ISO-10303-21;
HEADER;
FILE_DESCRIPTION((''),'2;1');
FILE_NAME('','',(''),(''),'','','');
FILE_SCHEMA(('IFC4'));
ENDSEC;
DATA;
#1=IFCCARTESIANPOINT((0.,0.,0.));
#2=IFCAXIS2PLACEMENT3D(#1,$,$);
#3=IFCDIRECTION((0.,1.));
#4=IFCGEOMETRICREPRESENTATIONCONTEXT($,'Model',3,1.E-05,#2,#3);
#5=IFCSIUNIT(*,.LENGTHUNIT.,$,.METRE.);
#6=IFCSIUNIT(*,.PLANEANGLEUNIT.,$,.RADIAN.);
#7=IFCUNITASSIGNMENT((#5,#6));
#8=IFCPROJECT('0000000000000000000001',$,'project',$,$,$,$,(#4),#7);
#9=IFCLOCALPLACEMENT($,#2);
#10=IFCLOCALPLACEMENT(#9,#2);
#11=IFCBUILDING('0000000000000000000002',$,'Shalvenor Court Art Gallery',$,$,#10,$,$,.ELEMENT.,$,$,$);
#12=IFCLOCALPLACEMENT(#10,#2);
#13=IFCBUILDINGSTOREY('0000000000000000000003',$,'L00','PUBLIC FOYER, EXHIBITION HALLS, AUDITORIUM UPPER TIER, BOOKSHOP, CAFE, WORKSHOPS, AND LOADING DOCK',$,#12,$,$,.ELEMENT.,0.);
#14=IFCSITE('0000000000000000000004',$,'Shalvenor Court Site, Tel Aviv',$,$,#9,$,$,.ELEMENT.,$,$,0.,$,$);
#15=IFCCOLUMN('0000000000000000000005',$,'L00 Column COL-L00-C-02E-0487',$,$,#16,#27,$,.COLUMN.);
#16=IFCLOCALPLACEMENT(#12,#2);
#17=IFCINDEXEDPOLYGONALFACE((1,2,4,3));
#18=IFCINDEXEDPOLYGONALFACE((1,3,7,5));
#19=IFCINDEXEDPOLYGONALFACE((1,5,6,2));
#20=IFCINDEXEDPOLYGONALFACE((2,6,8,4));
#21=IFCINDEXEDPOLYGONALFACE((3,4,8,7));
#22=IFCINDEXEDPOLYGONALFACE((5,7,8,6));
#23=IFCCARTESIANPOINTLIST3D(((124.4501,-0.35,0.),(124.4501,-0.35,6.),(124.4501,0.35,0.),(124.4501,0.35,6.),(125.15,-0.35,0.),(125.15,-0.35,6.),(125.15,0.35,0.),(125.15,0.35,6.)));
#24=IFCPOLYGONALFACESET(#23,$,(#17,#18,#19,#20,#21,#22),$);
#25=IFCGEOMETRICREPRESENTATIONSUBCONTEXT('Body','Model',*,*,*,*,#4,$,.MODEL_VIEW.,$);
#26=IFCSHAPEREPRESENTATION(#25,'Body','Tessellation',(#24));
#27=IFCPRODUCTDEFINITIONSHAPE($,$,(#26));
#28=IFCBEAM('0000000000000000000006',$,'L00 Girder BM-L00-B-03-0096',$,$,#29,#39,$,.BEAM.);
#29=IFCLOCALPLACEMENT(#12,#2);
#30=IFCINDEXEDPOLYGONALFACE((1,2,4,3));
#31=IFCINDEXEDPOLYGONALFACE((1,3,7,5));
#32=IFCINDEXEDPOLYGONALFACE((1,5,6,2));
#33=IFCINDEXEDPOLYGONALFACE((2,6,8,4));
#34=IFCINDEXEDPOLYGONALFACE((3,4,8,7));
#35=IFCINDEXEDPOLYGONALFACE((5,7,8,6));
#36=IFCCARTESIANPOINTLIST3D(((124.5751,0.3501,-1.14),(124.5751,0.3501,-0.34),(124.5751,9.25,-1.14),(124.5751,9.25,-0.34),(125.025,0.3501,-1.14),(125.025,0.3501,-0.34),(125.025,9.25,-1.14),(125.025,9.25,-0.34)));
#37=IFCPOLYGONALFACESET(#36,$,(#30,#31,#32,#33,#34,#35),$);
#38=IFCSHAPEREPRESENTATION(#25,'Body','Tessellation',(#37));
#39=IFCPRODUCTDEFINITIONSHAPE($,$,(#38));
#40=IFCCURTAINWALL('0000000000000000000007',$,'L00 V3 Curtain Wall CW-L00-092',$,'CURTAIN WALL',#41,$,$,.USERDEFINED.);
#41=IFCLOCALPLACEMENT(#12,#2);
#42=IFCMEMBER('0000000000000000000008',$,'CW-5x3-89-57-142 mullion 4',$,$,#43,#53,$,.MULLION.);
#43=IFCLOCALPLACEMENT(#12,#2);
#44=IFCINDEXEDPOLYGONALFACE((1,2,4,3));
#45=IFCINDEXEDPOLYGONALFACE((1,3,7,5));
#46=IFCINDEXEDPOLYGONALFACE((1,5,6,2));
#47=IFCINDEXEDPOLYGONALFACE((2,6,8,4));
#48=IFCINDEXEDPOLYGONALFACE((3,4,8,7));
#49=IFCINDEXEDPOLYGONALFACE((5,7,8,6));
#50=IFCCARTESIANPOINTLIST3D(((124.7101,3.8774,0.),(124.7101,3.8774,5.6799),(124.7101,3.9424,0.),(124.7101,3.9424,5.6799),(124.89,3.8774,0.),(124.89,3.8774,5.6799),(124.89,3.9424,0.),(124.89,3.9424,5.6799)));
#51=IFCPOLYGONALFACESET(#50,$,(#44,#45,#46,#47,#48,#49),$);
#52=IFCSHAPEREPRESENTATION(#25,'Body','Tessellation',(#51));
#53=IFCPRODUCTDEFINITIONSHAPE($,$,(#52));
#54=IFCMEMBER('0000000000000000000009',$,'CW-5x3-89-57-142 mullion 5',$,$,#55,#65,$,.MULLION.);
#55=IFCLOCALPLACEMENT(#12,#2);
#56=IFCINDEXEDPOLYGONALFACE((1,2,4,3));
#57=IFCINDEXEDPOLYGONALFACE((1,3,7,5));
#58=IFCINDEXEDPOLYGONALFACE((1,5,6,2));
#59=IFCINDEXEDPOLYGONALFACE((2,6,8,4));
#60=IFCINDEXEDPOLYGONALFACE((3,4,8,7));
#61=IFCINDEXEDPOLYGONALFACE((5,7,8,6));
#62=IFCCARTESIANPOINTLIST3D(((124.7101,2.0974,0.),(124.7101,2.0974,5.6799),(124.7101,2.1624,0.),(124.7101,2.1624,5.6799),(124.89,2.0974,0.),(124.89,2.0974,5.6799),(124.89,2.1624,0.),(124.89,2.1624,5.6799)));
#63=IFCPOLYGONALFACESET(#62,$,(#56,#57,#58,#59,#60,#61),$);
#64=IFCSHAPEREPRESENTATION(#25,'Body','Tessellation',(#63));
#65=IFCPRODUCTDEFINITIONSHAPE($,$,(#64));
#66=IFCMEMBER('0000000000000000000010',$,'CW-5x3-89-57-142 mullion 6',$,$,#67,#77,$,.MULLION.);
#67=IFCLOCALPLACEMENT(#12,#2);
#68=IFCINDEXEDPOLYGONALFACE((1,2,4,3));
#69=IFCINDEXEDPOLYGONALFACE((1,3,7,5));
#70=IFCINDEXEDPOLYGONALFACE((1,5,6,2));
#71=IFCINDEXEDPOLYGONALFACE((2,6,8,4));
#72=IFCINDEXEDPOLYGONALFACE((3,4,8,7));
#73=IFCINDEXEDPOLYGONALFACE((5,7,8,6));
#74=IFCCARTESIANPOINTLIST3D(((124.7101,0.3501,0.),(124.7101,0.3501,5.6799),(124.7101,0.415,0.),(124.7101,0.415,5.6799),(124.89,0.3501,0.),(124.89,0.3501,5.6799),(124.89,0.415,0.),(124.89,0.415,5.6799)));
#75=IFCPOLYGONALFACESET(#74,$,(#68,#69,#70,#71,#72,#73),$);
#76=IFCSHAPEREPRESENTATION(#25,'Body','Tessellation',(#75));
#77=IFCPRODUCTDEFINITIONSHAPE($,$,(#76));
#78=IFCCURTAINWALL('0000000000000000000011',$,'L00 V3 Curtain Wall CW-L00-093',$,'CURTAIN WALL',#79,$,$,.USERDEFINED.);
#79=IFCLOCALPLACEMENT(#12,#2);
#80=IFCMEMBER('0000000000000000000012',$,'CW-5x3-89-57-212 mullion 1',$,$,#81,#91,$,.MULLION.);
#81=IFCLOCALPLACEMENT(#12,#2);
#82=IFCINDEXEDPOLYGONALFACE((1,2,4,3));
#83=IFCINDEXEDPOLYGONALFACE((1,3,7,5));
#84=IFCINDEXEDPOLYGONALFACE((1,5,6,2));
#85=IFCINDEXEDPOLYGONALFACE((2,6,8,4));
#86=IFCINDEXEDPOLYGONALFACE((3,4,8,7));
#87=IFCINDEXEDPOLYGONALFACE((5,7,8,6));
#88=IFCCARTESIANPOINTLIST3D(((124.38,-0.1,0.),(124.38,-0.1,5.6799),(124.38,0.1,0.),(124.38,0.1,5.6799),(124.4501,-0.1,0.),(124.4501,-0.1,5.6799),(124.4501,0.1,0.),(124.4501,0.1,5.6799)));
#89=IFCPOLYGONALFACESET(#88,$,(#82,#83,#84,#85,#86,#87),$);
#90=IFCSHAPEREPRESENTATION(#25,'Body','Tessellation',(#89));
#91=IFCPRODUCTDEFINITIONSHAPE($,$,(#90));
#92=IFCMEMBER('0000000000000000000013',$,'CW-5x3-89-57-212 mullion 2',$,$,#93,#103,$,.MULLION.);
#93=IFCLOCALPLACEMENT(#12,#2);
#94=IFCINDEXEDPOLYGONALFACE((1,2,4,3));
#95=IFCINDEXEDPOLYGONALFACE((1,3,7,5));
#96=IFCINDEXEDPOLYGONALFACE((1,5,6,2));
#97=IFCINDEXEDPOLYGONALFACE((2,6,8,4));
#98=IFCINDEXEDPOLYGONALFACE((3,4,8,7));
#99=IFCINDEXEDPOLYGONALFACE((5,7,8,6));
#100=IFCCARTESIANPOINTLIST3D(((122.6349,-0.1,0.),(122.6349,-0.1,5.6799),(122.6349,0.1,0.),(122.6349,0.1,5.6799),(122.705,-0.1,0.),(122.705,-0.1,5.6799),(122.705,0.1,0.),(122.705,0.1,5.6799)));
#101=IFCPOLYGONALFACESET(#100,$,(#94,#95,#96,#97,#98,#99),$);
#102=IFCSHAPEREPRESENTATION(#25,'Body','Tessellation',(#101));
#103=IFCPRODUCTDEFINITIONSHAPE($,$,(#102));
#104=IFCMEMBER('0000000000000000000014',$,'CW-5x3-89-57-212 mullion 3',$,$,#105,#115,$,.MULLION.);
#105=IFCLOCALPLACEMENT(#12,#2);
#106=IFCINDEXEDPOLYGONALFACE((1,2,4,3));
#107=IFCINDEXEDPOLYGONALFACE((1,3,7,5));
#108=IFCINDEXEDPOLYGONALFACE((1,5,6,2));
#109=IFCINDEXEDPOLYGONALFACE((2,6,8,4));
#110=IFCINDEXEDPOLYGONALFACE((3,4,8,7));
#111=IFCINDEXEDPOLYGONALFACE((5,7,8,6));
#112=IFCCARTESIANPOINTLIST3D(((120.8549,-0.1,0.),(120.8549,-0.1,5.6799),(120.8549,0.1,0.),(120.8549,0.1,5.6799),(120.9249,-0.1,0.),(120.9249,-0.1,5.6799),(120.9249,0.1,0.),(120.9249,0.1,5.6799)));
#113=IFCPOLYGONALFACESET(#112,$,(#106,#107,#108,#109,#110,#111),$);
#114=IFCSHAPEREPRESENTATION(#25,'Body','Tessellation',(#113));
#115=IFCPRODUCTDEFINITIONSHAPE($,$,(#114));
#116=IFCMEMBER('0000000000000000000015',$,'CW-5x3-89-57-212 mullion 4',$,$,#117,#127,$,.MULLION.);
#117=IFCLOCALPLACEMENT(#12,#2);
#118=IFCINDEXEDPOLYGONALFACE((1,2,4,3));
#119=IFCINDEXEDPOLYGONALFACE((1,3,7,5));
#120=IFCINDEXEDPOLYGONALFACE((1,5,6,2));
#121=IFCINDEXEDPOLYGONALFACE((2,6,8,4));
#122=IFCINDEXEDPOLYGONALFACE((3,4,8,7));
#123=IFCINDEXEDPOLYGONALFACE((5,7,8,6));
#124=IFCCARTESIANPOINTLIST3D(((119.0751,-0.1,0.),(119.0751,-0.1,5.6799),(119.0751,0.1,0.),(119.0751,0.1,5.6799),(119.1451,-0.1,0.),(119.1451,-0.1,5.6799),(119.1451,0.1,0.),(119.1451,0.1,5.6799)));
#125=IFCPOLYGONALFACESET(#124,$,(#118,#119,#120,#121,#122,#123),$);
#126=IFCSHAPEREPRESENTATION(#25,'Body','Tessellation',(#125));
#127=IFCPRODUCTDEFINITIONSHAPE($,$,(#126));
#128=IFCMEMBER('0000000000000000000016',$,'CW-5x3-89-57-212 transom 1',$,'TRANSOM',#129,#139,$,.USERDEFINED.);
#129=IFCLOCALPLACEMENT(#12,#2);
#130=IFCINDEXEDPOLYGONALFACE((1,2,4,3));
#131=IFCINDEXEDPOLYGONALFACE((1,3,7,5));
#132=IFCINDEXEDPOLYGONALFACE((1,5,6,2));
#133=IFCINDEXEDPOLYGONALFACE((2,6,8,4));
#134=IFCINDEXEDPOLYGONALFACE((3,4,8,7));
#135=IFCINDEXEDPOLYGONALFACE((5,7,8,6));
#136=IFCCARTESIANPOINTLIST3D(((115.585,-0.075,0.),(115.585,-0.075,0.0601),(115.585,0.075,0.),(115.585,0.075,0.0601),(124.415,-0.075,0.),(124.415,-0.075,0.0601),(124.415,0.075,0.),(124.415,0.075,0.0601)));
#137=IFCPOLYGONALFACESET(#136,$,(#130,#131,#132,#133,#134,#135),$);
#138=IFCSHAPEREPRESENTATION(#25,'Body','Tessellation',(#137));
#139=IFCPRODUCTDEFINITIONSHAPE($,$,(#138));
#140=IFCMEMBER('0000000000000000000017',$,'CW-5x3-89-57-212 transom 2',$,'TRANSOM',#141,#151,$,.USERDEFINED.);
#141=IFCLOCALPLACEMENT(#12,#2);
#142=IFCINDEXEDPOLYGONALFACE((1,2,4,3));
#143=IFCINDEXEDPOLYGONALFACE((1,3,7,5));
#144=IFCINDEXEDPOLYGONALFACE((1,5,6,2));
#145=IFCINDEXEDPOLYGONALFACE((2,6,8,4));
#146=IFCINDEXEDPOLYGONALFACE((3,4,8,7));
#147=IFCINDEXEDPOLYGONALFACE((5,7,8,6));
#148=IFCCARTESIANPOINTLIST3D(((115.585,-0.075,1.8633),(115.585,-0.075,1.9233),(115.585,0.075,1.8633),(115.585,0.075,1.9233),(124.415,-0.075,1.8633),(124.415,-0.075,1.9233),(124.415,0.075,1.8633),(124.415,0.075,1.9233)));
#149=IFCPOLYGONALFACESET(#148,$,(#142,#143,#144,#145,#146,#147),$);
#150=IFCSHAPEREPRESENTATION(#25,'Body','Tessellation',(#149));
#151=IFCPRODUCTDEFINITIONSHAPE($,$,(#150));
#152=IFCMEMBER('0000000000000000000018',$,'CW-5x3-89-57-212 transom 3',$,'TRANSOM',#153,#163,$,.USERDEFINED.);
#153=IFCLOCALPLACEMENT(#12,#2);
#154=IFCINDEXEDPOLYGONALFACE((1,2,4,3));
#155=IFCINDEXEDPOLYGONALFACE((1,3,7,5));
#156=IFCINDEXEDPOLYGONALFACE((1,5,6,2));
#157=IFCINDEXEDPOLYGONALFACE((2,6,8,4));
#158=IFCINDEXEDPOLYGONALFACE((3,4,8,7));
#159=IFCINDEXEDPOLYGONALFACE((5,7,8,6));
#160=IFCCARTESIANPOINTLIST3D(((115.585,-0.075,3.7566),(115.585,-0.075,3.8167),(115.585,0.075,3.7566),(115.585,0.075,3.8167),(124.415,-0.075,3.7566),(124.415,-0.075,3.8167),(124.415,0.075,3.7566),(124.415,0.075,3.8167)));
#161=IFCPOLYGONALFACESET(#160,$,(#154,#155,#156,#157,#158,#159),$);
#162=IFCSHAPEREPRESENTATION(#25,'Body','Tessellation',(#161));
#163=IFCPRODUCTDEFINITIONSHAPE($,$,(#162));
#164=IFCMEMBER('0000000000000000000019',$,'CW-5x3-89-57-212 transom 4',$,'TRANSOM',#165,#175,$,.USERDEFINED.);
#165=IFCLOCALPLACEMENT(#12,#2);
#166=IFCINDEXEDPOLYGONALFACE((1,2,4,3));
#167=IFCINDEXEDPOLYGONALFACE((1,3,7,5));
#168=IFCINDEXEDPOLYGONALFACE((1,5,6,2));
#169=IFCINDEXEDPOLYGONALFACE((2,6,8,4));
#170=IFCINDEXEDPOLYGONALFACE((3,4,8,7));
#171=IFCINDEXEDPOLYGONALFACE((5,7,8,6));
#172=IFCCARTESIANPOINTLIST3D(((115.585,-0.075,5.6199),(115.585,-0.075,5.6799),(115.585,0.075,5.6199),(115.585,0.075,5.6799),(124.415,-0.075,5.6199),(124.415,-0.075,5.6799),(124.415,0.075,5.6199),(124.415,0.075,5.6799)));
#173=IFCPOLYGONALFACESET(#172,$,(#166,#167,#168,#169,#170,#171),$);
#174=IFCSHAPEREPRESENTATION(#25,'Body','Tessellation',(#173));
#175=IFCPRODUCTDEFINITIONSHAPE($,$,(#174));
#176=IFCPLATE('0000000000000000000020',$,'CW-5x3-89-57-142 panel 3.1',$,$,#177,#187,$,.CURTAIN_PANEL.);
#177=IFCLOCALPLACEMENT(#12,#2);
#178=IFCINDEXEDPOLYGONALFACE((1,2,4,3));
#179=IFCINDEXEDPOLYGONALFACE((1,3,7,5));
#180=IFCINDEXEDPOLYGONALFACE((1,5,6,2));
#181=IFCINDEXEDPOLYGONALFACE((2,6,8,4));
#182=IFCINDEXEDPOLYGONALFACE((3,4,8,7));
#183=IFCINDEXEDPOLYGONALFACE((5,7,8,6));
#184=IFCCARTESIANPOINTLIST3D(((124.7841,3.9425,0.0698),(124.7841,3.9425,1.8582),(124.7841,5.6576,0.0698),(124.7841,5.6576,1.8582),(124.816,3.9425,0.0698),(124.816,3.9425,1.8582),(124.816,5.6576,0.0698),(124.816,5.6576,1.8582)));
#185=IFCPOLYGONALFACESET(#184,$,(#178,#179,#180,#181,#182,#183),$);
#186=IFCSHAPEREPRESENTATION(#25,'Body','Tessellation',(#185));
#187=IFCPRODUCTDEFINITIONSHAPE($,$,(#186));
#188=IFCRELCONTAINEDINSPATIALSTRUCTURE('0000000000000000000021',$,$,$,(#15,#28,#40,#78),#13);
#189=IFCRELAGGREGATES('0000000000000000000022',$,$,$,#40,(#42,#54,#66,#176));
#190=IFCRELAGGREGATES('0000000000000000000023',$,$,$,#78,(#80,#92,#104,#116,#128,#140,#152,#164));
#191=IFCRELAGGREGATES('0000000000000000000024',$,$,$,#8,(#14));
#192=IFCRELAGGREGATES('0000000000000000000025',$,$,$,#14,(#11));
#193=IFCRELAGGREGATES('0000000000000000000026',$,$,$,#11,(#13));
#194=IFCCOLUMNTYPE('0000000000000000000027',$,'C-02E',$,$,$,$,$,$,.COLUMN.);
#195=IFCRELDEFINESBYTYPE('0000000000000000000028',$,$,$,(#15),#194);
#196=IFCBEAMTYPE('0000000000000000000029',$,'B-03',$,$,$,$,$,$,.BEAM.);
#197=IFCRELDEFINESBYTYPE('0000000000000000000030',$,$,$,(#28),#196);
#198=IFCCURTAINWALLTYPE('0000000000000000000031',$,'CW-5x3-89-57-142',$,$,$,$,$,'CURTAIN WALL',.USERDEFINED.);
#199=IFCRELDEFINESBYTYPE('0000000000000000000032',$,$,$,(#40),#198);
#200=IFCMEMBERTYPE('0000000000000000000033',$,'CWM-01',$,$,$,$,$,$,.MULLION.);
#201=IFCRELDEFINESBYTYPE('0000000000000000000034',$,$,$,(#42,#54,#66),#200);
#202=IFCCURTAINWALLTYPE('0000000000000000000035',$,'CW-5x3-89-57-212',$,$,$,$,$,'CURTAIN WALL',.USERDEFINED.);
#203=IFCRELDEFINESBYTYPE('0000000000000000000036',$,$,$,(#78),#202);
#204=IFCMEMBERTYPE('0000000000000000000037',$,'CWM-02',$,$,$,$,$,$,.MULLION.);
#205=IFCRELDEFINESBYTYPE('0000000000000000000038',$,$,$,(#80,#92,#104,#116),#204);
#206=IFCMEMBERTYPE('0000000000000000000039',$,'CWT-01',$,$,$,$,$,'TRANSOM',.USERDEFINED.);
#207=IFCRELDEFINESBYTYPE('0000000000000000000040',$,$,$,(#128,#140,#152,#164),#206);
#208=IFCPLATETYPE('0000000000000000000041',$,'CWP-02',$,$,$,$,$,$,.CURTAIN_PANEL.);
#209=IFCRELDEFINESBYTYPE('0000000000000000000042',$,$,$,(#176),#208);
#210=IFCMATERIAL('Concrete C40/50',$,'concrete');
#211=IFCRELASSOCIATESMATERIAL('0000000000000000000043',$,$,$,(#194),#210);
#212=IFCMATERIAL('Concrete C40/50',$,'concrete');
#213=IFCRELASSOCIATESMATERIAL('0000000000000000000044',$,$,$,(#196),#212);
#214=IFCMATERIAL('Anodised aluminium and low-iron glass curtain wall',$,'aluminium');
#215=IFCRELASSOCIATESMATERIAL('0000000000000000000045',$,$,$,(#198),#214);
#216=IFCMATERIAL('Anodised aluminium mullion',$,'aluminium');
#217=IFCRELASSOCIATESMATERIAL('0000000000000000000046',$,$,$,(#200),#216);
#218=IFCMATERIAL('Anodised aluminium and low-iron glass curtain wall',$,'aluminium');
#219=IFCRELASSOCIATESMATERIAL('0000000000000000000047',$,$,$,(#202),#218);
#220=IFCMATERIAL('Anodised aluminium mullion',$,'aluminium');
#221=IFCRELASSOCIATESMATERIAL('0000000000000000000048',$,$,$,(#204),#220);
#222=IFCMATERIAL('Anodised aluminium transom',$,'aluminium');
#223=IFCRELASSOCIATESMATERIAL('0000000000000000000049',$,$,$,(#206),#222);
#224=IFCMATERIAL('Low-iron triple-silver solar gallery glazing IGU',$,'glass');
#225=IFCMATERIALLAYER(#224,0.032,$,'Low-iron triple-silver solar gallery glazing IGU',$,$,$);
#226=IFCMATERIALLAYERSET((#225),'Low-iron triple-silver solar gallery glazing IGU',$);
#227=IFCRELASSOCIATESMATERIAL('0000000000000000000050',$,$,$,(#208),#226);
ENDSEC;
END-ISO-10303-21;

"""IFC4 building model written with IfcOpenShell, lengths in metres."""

from ifc_helpers import new_model, si_unit, direction, frame, origin, origin_2d, place, context, subcontext, project, spatial, rectangle, extrude, material, layer, layer_set, material_profile, profile_set, type_object, element, aggregate, save


model = new_model("IFC4")

# Units and contexts
model_context = context("Model", 3, precision=1e-05, world=origin(), true_north=direction((0.0, 1.0)))
body_context = subcontext(model_context, "Body", "Model", "MODEL_VIEW")
ifc_project = project(units=[si_unit("LENGTHUNIT", "METRE"), si_unit("PLANEANGLEUNIT", "RADIAN")], contexts=[model_context])

# Site, building, storey
site_placement = place(None, origin())
site = spatial("IfcSite", under=ifc_project, at=site_placement, Name="Shalvenor Court Site, Tel Aviv", CompositionType="ELEMENT", RefElevation=0.0)
building_placement = place(site_placement, origin())
building = spatial("IfcBuilding", under=site, at=building_placement, Name="Shalvenor Court Art Gallery", CompositionType="ELEMENT")
storey_placement = place(building_placement, origin())
storey = spatial("IfcBuildingStorey", under=building, at=storey_placement, Name="L00", Description="PUBLIC FOYER, EXHIBITION HALLS, AUDITORIUM UPPER TIER, BOOKSHOP, CAFE, WORKSHOPS, AND LOADING DOCK", CompositionType="ELEMENT", Elevation=0.0)

# Column
ifc_material_1 = material(Name="Concrete C40/50", Category="concrete")
ifc_material_profile_1 = material_profile(ifc_material_1, rectangle(XDim=0.7, YDim=0.7, at=origin_2d()), Name="RC 700x700")
ifc_profile_set_1 = profile_set([ifc_material_profile_1], Name="Concrete C40/50")
column_type = type_object("IfcColumnType", Name="C-02E", PredefinedType="COLUMN", material=ifc_profile_set_1)
column_placement = place(storey_placement, frame((124.8, 0.0, 0.0), z_axis=(0.0, 0.0, 1.0), x_axis=(1.0, 0.0, 0.0)))
element("IfcColumn", 1, at=column_placement, inside=storey, type_object=column_type, Name="L00 Column COL-L00-C-02E-0487", PredefinedType="COLUMN", context=body_context, shape_type="SweptSolid", body=[
    extrude(rectangle(XDim=0.7, YDim=0.7, at=origin_2d()), origin(), (0.0, 0.0, 1.0), 6.0),
])

# Beam
ifc_material_2 = material(Name="Concrete C40/50", Category="concrete")
ifc_material_profile_2 = material_profile(ifc_material_2, rectangle(XDim=0.45, YDim=0.8, at=origin_2d()), Name="RC 450x800")
ifc_profile_set_2 = profile_set([ifc_material_profile_2], Name="Concrete C40/50")
beam_type = type_object("IfcBeamType", Name="B-03", PredefinedType="BEAM", material=ifc_profile_set_2)
beam_placement = place(storey_placement, frame((124.8, 0.3501, -0.74), z_axis=(0.0, 1.0, 0.0), x_axis=(-1.0, 0.0, 0.0)))
element("IfcBeam", 2, at=beam_placement, inside=storey, type_object=beam_type, Name="L00 Girder BM-L00-B-03-0096", PredefinedType="BEAM", context=body_context, shape_type="SweptSolid", body=[
    extrude(rectangle(XDim=0.45, YDim=0.8, at=origin_2d()), origin(), (0.0, 0.0, 1.0), 8.8999),
])

# Curtain walls, members
ifc_material_3 = material(Name="Anodised aluminium and low-iron glass curtain wall", Category="aluminium")
curtain_wall_type_1 = type_object("IfcCurtainWallType", Name="CW-5x3-89-57-142", ElementType="CURTAIN WALL", PredefinedType="USERDEFINED", material=ifc_material_3)
curtain_wall_1_placement = place(storey_placement, origin())
curtain_wall_1 = element("IfcCurtainWall", 3, at=curtain_wall_1_placement, inside=storey, type_object=curtain_wall_type_1, Name="L00 V3 Curtain Wall CW-L00-092", ObjectType="CURTAIN WALL", PredefinedType="USERDEFINED")
ifc_material_4 = material(Name="Anodised aluminium mullion", Category="aluminium")
ifc_material_profile_3 = material_profile(ifc_material_4, rectangle(XDim=0.0649, YDim=0.1799, at=origin_2d()), Name="CWM-01")
ifc_profile_set_3 = profile_set([ifc_material_profile_3], Name="Anodised aluminium mullion")
member_type_1 = type_object("IfcMemberType", Name="CWM-01", PredefinedType="MULLION", material=ifc_profile_set_3)
member_1_placement = place(storey_placement, frame((124.8, 3.9099, 0.0), z_axis=(0.0, 0.0, 1.0), x_axis=(0.0, -1.0, 0.0)))
member_1 = element("IfcMember", 4, at=member_1_placement, type_object=member_type_1, Name="CW-5x3-89-57-142 mullion 4", PredefinedType="MULLION", context=body_context, shape_type="SweptSolid", body=[
    extrude(rectangle(XDim=0.0649, YDim=0.1799, at=origin_2d()), origin(), (0.0, 0.0, 1.0), 5.6799),
])
member_2_placement = place(storey_placement, frame((124.8, 2.1299, 0.0), z_axis=(0.0, 0.0, 1.0), x_axis=(0.0, -1.0, 0.0)))
member_2 = element("IfcMember", 5, at=member_2_placement, type_object=member_type_1, Name="CW-5x3-89-57-142 mullion 5", PredefinedType="MULLION", context=body_context, shape_type="SweptSolid", body=[
    extrude(rectangle(XDim=0.0649, YDim=0.1799, at=origin_2d()), origin(), (0.0, 0.0, 1.0), 5.6799),
])
member_3_placement = place(storey_placement, frame((124.8, 0.3826, 0.0), z_axis=(0.0, 0.0, 1.0), x_axis=(0.0, -1.0, 0.0)))
member_3 = element("IfcMember", 6, at=member_3_placement, type_object=member_type_1, Name="CW-5x3-89-57-142 mullion 6", PredefinedType="MULLION", context=body_context, shape_type="SweptSolid", body=[
    extrude(rectangle(XDim=0.0649, YDim=0.1799, at=origin_2d()), origin(), (0.0, 0.0, 1.0), 5.6799),
])
ifc_material_5 = material(Name="Anodised aluminium and low-iron glass curtain wall", Category="aluminium")
curtain_wall_type_2 = type_object("IfcCurtainWallType", Name="CW-5x3-89-57-212", ElementType="CURTAIN WALL", PredefinedType="USERDEFINED", material=ifc_material_5)
curtain_wall_2_placement = place(storey_placement, origin())
curtain_wall_2 = element("IfcCurtainWall", 7, at=curtain_wall_2_placement, inside=storey, type_object=curtain_wall_type_2, Name="L00 V3 Curtain Wall CW-L00-093", ObjectType="CURTAIN WALL", PredefinedType="USERDEFINED")
ifc_material_6 = material(Name="Anodised aluminium mullion", Category="aluminium")
ifc_material_profile_4 = material_profile(ifc_material_6, rectangle(XDim=0.0701, YDim=0.2, at=origin_2d()), Name="CWM-02")
ifc_profile_set_4 = profile_set([ifc_material_profile_4], Name="Anodised aluminium mullion")
member_type_2 = type_object("IfcMemberType", Name="CWM-02", PredefinedType="MULLION", material=ifc_profile_set_4)
member_4_placement = place(storey_placement, frame((124.415, 0.0, 0.0), z_axis=(0.0, 0.0, 1.0), x_axis=(-1.0, 0.0, 0.0)))
member_4 = element("IfcMember", 8, at=member_4_placement, type_object=member_type_2, Name="CW-5x3-89-57-212 mullion 1", PredefinedType="MULLION", context=body_context, shape_type="SweptSolid", body=[
    extrude(rectangle(XDim=0.0701, YDim=0.2, at=origin_2d()), origin(), (0.0, 0.0, 1.0), 5.6799),
])
member_5_placement = place(storey_placement, frame((122.6699, 0.0, 0.0), z_axis=(0.0, 0.0, 1.0), x_axis=(-1.0, 0.0, 0.0)))
member_5 = element("IfcMember", 9, at=member_5_placement, type_object=member_type_2, Name="CW-5x3-89-57-212 mullion 2", PredefinedType="MULLION", context=body_context, shape_type="SweptSolid", body=[
    extrude(rectangle(XDim=0.0701, YDim=0.2, at=origin_2d()), origin(), (0.0, 0.0, 1.0), 5.6799),
])
member_6_placement = place(storey_placement, frame((120.8899, 0.0, 0.0), z_axis=(0.0, 0.0, 1.0), x_axis=(-1.0, 0.0, 0.0)))
member_6 = element("IfcMember", 10, at=member_6_placement, type_object=member_type_2, Name="CW-5x3-89-57-212 mullion 3", PredefinedType="MULLION", context=body_context, shape_type="SweptSolid", body=[
    extrude(rectangle(XDim=0.0701, YDim=0.2, at=origin_2d()), origin(), (0.0, 0.0, 1.0), 5.6799),
])
member_7_placement = place(storey_placement, frame((119.1101, 0.0, 0.0), z_axis=(0.0, 0.0, 1.0), x_axis=(-1.0, 0.0, 0.0)))
member_7 = element("IfcMember", 11, at=member_7_placement, type_object=member_type_2, Name="CW-5x3-89-57-212 mullion 4", PredefinedType="MULLION", context=body_context, shape_type="SweptSolid", body=[
    extrude(rectangle(XDim=0.0701, YDim=0.2, at=origin_2d()), origin(), (0.0, 0.0, 1.0), 5.6799),
])
ifc_material_7 = material(Name="Anodised aluminium transom", Category="aluminium")
ifc_material_profile_5 = material_profile(ifc_material_7, rectangle(XDim=0.1499, YDim=0.0601, at=origin_2d()), Name="CWT-01")
ifc_profile_set_5 = profile_set([ifc_material_profile_5], Name="Anodised aluminium transom")
member_type_3 = type_object("IfcMemberType", Name="CWT-01", ElementType="TRANSOM", PredefinedType="USERDEFINED", material=ifc_profile_set_5)
member_8_placement = place(storey_placement, frame((124.415, 0.0, 0.03), z_axis=(-1.0, 0.0, 0.0), x_axis=(0.0, -1.0, 0.0)))
member_8 = element("IfcMember", 12, at=member_8_placement, type_object=member_type_3, Name="CW-5x3-89-57-212 transom 1", ObjectType="TRANSOM", PredefinedType="USERDEFINED", context=body_context, shape_type="SweptSolid", body=[
    extrude(rectangle(XDim=0.1499, YDim=0.0601, at=origin_2d()), origin(), (0.0, 0.0, 1.0), 8.8301),
])
member_9_placement = place(storey_placement, frame((124.415, 0.0, 1.8933), z_axis=(-1.0, 0.0, 0.0), x_axis=(0.0, -1.0, 0.0)))
member_9 = element("IfcMember", 13, at=member_9_placement, type_object=member_type_3, Name="CW-5x3-89-57-212 transom 2", ObjectType="TRANSOM", PredefinedType="USERDEFINED", context=body_context, shape_type="SweptSolid", body=[
    extrude(rectangle(XDim=0.1499, YDim=0.0601, at=origin_2d()), origin(), (0.0, 0.0, 1.0), 8.8301),
])
member_10_placement = place(storey_placement, frame((124.415, 0.0, 3.7866), z_axis=(-1.0, 0.0, 0.0), x_axis=(0.0, -1.0, 0.0)))
member_10 = element("IfcMember", 14, at=member_10_placement, type_object=member_type_3, Name="CW-5x3-89-57-212 transom 3", ObjectType="TRANSOM", PredefinedType="USERDEFINED", context=body_context, shape_type="SweptSolid", body=[
    extrude(rectangle(XDim=0.1499, YDim=0.0601, at=origin_2d()), origin(), (0.0, 0.0, 1.0), 8.8301),
])
member_11_placement = place(storey_placement, frame((124.415, 0.0, 5.6499), z_axis=(-1.0, 0.0, 0.0), x_axis=(0.0, -1.0, 0.0)))
member_11 = element("IfcMember", 15, at=member_11_placement, type_object=member_type_3, Name="CW-5x3-89-57-212 transom 4", ObjectType="TRANSOM", PredefinedType="USERDEFINED", context=body_context, shape_type="SweptSolid", body=[
    extrude(rectangle(XDim=0.1499, YDim=0.0601, at=origin_2d()), origin(), (0.0, 0.0, 1.0), 8.8301),
])

# Plate
ifc_material_8 = material(Name="Low-iron triple-silver solar gallery glazing IGU", Category="glass")
ifc_layer_1 = layer(ifc_material_8, 0.032, Name="Low-iron triple-silver solar gallery glazing IGU")
ifc_layer_set_1 = layer_set([ifc_layer_1], Name="Low-iron triple-silver solar gallery glazing IGU")
plate_type_1 = type_object("IfcPlateType", Name="CWP-02", PredefinedType="CURTAIN_PANEL", material=ifc_layer_set_1)
plate_1_placement = place(storey_placement, frame((124.8, 4.8, 0.0698), z_axis=(0.0, 0.0, 1.0), x_axis=(0.0, -1.0, 0.0)))
plate_1 = element("IfcPlate", 16, at=plate_1_placement, type_object=plate_type_1, Name="CW-5x3-89-57-142 panel 3.1", PredefinedType="CURTAIN_PANEL", context=body_context, shape_type="SweptSolid", body=[
    extrude(rectangle(XDim=1.7151, YDim=0.032, at=origin_2d()), origin(), (0.0, 0.0, 1.0), 1.7883),
])
aggregate(curtain_wall_1, [member_1, member_2, member_3, plate_1])
aggregate(curtain_wall_2, [member_4, member_5, member_6, member_7, member_8, member_9, member_10, member_11])

save(model, "model.ifc")
